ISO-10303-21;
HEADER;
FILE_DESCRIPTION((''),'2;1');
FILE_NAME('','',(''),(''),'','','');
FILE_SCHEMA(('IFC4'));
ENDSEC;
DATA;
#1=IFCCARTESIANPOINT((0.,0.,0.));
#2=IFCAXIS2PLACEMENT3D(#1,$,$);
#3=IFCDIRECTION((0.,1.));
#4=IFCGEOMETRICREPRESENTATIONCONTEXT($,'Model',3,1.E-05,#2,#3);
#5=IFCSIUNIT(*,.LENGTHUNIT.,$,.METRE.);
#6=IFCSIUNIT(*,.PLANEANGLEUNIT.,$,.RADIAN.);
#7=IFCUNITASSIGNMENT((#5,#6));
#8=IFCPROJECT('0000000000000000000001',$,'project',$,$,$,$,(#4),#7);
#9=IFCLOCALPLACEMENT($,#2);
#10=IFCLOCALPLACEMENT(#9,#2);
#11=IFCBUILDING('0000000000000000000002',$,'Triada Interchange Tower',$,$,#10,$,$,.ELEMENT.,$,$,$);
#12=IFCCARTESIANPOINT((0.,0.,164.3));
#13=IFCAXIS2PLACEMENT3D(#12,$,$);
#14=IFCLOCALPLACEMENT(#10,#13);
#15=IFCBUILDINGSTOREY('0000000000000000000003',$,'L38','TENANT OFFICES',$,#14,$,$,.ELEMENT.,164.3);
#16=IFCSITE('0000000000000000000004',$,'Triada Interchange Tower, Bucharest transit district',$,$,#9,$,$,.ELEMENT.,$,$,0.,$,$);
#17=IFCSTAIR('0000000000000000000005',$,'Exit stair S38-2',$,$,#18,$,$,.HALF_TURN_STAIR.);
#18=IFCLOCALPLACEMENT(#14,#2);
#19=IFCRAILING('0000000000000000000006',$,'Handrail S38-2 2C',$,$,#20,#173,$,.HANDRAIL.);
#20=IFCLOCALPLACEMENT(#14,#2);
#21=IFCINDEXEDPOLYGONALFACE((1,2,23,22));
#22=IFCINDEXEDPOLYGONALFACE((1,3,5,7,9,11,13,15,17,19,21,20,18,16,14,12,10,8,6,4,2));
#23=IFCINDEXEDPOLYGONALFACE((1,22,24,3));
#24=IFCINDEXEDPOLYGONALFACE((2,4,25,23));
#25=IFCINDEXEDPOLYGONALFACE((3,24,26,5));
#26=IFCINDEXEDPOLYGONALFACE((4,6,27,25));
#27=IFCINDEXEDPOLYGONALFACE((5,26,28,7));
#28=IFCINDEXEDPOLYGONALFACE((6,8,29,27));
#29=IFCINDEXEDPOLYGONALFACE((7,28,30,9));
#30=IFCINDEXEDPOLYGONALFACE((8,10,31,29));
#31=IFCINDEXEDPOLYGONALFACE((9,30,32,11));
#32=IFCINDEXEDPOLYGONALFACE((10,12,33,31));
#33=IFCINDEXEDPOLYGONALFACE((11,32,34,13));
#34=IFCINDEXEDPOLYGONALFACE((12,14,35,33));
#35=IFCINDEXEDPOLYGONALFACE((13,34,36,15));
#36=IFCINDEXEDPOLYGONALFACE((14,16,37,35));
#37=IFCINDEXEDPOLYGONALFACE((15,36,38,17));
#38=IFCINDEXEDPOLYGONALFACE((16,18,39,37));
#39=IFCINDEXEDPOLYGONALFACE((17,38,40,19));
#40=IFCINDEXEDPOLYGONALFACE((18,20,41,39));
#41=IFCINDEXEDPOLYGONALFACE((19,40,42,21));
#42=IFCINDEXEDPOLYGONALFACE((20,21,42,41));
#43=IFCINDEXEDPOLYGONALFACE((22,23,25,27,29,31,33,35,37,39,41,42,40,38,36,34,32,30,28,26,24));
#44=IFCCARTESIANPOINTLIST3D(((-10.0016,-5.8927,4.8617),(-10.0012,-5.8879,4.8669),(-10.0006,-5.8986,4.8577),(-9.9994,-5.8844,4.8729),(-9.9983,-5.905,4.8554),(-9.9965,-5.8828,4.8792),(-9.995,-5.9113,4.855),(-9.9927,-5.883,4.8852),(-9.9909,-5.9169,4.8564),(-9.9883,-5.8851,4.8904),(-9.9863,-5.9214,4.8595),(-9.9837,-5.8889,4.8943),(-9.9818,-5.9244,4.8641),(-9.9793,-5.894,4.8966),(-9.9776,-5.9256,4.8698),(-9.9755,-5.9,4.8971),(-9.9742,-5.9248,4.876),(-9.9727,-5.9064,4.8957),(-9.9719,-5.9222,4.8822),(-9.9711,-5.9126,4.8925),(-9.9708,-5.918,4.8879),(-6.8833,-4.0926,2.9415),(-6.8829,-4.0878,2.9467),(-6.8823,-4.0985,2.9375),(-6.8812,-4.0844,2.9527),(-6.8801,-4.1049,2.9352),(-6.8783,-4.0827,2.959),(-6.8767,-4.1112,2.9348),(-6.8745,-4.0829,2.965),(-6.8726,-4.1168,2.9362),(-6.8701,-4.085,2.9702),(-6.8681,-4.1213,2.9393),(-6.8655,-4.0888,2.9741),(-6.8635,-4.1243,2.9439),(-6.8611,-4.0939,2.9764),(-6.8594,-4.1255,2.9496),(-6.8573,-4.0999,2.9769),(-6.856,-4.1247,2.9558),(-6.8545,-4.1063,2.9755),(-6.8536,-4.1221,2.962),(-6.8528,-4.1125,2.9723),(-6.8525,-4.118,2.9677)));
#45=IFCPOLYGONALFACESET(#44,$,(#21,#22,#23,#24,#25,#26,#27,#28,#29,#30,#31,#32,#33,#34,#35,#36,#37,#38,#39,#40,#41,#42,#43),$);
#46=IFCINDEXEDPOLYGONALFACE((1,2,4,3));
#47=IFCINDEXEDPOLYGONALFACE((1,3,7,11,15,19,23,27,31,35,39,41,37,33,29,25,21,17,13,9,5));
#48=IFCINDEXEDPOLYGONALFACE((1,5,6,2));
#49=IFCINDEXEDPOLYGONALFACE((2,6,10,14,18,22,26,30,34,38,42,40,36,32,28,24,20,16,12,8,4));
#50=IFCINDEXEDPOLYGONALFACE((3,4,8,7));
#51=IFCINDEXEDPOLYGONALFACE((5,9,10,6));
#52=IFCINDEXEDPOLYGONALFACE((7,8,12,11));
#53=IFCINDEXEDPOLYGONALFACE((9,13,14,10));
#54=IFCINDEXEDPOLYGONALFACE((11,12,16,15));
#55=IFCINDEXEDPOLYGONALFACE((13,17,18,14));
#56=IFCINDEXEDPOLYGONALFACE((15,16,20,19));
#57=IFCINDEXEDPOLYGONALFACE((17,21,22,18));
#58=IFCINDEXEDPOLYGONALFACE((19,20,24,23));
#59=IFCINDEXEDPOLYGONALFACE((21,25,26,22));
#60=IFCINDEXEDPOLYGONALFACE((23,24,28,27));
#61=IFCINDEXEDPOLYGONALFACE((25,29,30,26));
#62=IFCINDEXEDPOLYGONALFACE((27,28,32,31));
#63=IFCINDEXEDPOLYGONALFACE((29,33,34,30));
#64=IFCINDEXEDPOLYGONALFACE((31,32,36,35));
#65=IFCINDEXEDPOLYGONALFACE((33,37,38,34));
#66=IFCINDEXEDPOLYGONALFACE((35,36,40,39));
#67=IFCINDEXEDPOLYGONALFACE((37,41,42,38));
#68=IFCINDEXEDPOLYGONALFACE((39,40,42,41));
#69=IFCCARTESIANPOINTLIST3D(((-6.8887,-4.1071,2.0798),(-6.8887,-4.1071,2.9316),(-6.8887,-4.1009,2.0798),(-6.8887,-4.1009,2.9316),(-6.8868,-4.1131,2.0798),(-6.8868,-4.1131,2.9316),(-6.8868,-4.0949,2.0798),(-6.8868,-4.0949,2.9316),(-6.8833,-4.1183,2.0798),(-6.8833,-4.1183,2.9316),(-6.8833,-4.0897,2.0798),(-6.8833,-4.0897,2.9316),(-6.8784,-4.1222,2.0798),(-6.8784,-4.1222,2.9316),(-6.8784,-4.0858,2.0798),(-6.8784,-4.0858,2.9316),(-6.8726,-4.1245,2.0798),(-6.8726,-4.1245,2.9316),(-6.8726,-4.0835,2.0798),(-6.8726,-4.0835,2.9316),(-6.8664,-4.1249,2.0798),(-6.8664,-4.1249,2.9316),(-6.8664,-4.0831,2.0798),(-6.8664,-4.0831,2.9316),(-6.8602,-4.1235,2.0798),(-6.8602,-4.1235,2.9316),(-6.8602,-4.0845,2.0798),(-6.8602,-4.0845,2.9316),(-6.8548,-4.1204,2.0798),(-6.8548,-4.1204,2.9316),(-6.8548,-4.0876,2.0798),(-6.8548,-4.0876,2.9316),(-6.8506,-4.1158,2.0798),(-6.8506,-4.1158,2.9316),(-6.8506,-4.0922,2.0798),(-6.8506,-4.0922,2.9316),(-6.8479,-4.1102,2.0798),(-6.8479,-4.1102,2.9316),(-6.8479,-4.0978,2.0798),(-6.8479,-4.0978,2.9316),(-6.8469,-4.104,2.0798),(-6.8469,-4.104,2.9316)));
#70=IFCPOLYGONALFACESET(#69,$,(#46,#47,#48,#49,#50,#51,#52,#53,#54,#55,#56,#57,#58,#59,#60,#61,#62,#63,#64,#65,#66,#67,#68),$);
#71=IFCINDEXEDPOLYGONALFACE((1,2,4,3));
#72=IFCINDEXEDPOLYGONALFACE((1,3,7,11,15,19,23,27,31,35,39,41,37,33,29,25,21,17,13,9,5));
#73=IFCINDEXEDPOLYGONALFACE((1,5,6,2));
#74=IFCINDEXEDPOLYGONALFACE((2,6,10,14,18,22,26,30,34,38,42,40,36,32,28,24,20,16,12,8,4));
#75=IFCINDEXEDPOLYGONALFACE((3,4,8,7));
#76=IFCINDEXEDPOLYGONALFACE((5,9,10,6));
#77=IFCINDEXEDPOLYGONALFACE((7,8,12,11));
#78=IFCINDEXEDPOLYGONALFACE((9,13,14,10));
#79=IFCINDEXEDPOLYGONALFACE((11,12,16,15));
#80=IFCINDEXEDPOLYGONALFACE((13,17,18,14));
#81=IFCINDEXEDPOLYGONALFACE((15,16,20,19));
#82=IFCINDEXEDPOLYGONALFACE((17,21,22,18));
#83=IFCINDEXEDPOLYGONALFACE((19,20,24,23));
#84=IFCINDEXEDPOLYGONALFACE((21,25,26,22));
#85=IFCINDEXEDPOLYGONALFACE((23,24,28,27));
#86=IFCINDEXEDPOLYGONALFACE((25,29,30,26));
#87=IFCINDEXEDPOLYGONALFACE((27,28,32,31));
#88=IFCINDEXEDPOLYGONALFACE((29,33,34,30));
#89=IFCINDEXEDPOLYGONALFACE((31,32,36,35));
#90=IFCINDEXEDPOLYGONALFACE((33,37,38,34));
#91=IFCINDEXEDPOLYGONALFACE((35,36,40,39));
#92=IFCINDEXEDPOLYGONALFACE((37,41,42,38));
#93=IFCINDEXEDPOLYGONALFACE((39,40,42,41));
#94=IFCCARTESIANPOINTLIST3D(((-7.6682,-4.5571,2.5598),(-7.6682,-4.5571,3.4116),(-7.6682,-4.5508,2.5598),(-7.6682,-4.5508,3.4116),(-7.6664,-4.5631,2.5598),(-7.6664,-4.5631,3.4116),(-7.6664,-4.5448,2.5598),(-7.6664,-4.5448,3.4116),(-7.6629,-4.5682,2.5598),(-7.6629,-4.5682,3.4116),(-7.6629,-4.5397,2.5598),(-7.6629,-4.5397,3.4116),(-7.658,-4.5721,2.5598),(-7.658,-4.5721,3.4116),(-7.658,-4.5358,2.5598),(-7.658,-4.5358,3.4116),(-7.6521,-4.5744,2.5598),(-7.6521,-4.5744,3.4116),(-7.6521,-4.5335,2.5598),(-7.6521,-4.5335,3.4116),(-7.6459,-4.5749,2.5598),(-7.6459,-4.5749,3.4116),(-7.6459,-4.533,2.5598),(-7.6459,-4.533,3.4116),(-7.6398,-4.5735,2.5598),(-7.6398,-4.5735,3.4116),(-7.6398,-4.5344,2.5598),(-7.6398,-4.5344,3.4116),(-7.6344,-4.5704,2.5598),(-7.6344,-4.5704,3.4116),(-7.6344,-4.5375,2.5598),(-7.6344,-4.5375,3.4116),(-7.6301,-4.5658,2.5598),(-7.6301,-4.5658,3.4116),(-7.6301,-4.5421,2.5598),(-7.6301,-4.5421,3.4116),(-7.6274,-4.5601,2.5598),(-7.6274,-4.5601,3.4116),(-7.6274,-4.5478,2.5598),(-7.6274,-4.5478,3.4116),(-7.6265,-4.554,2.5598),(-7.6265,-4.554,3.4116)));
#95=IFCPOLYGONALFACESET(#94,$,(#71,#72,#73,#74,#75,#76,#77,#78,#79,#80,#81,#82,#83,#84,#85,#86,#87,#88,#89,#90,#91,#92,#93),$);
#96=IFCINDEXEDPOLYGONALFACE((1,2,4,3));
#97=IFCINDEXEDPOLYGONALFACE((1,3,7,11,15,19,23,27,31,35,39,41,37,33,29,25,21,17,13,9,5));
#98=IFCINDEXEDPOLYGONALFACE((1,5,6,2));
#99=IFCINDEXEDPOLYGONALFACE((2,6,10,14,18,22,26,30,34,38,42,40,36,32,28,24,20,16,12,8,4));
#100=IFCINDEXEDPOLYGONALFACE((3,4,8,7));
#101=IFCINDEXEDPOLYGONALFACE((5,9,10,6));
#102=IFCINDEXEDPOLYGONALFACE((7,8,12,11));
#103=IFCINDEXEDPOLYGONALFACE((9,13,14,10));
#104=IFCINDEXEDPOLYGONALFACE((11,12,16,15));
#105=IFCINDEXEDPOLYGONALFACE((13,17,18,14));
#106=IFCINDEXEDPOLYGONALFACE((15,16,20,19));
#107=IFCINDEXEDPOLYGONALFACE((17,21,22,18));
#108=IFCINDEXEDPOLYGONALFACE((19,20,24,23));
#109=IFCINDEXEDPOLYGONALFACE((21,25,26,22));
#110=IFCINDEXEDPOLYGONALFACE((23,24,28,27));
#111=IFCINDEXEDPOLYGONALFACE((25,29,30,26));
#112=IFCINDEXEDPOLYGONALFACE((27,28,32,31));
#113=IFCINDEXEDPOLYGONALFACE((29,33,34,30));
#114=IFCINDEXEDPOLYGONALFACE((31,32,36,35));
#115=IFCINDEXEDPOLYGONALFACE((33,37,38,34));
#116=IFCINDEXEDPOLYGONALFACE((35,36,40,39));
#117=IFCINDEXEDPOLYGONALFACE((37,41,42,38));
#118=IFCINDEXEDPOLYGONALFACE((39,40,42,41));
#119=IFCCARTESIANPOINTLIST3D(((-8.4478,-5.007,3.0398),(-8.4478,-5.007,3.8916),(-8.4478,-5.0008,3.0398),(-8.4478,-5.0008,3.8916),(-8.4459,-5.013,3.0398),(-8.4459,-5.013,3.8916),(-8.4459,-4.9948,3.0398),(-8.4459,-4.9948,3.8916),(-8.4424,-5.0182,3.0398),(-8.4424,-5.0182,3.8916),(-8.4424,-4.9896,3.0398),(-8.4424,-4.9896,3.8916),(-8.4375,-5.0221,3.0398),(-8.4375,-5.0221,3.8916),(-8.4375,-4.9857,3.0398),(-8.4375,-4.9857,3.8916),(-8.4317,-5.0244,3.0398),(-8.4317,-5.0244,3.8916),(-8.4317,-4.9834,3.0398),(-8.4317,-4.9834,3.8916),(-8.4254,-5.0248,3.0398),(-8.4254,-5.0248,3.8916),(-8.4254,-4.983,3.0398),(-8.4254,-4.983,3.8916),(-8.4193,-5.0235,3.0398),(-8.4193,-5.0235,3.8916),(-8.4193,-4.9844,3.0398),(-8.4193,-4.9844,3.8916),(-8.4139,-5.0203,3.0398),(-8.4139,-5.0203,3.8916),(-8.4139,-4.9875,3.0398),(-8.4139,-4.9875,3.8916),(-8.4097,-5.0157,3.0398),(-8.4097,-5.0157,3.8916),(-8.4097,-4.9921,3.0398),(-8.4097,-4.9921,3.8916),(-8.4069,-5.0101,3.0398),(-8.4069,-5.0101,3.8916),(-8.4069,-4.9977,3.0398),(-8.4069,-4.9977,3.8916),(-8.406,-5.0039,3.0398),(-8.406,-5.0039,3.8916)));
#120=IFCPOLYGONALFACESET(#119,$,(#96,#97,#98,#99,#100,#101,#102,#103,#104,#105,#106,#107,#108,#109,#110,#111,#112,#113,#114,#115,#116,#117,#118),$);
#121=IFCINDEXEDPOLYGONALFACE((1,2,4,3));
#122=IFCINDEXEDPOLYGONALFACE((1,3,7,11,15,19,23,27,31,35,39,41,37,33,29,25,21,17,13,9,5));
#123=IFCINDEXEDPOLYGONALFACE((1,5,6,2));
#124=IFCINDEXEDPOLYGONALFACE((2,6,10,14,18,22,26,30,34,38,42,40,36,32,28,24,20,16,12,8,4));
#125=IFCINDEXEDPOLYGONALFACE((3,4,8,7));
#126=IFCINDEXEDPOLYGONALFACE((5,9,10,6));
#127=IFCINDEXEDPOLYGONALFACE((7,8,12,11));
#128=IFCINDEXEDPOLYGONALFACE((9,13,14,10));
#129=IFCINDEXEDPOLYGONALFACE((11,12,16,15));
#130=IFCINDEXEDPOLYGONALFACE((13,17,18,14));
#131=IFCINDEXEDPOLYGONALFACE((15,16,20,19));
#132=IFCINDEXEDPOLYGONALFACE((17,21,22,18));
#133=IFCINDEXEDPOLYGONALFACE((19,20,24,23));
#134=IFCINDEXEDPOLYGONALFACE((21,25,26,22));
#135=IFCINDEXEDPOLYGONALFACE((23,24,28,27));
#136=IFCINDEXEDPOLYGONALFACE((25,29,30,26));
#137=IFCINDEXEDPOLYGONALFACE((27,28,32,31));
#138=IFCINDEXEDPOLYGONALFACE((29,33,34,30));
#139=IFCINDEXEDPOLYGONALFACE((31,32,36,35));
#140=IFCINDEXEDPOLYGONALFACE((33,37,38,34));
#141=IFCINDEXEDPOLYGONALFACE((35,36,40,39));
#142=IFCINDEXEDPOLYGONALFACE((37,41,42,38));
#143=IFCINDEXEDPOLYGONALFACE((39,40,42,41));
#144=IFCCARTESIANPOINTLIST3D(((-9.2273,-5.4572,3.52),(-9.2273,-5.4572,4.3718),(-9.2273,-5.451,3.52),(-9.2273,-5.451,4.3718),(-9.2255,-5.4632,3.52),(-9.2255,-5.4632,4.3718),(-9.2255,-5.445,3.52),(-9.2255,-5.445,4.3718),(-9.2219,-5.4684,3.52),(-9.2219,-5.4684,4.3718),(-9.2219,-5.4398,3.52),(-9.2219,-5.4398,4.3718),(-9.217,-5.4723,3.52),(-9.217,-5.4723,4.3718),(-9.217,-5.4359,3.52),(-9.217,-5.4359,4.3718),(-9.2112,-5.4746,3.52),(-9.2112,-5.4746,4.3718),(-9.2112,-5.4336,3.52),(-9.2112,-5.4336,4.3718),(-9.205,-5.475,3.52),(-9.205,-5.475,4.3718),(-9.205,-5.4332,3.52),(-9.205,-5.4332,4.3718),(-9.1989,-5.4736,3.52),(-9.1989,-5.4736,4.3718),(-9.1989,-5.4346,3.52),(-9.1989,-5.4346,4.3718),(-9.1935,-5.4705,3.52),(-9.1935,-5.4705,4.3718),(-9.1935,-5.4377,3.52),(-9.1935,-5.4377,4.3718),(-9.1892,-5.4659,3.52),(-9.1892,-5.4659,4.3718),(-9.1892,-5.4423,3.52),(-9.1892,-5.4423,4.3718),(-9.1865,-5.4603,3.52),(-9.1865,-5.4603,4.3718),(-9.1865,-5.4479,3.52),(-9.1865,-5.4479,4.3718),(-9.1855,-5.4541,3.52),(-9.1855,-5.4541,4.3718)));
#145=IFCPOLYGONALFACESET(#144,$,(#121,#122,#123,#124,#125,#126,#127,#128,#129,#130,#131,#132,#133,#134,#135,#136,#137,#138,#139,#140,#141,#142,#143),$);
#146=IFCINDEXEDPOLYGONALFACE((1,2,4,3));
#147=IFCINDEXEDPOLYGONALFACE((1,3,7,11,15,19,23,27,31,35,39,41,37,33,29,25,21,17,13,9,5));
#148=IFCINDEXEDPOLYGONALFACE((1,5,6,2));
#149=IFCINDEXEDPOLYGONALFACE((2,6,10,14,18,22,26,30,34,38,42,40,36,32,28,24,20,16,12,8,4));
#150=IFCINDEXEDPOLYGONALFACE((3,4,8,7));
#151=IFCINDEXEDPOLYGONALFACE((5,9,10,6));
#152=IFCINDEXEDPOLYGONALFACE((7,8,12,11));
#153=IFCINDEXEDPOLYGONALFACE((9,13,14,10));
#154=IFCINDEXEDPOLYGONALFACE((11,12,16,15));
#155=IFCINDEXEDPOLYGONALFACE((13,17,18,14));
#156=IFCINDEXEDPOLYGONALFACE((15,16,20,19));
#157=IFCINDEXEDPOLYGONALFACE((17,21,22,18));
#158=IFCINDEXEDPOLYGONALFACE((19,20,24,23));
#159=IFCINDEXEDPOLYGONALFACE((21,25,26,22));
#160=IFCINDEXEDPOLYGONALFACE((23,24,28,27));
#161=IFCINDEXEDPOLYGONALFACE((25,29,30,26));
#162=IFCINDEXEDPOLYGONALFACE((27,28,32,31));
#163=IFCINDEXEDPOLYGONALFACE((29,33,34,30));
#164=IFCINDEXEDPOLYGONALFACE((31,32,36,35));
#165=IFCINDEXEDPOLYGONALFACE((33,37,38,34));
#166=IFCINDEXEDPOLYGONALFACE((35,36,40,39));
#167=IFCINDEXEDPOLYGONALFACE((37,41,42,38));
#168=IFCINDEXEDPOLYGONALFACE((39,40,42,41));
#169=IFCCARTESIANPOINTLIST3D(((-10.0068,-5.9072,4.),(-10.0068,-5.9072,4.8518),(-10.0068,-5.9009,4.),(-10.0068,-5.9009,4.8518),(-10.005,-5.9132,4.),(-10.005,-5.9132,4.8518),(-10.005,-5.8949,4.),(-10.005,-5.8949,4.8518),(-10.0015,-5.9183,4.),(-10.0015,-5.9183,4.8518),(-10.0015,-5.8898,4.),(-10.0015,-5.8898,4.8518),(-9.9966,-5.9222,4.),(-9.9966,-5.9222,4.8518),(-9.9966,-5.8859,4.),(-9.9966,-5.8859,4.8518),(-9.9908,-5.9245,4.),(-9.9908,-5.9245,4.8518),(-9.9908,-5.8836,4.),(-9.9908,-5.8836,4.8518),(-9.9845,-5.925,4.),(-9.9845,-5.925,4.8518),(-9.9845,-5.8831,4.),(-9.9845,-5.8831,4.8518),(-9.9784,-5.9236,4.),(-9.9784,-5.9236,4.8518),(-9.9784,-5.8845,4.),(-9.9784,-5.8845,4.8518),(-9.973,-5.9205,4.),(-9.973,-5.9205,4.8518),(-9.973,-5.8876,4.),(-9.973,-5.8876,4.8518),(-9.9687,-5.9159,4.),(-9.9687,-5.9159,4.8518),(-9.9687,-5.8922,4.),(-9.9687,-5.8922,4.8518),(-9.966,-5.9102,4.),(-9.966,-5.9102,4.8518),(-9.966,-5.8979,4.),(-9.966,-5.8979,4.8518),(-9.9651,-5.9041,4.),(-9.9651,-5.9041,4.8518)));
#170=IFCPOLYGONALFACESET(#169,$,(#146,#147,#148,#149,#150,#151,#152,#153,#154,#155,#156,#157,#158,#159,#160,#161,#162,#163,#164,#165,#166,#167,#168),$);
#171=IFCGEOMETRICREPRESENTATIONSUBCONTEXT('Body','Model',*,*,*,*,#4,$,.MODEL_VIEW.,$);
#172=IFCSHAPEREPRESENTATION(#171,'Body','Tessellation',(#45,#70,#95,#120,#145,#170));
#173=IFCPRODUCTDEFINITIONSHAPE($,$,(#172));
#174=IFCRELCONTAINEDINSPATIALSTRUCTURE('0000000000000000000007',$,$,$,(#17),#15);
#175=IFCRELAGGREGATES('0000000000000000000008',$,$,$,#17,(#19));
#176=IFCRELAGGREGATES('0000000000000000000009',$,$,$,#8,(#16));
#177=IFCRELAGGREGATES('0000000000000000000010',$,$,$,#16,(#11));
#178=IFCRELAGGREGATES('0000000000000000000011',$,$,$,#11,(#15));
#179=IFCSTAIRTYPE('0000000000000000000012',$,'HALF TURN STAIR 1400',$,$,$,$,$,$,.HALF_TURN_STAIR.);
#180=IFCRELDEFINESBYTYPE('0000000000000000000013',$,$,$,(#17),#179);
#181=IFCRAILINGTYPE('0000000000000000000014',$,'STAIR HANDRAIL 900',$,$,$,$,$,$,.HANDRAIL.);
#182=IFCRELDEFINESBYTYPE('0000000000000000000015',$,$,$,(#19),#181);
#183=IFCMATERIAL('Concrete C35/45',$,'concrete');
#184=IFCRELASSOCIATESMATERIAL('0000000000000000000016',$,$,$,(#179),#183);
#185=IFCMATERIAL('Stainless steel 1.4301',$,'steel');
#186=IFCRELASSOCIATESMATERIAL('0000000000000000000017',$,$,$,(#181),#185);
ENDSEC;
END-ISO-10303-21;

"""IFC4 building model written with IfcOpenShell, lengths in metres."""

from ifc_helpers import new_model, si_unit, direction, frame, origin, origin_2d, place, context, subcontext, project, spatial, circle, extrude, material, type_object, element, aggregate, save


model = new_model("IFC4")

# Units and contexts
model_context = context("Model", 3, precision=1e-05, world=origin(), true_north=direction((0.0, 1.0)))
body_context = subcontext(model_context, "Body", "Model", "MODEL_VIEW")
ifc_project = project(units=[si_unit("LENGTHUNIT", "METRE"), si_unit("PLANEANGLEUNIT", "RADIAN")], contexts=[model_context])

# Site, building, storey
site_placement = place(None, origin())
site = spatial("IfcSite", under=ifc_project, at=site_placement, Name="Triada Interchange Tower, Bucharest transit district", CompositionType="ELEMENT", RefElevation=0.0)
building_placement = place(site_placement, origin())
building = spatial("IfcBuilding", under=site, at=building_placement, Name="Triada Interchange Tower", CompositionType="ELEMENT")
storey_placement = place(building_placement, frame((0.0, 0.0, 164.3)))
storey = spatial("IfcBuildingStorey", under=building, at=storey_placement, Name="L38", Description="TENANT OFFICES", CompositionType="ELEMENT", Elevation=164.3)

# Stair, railing
ifc_material_1 = material(Name="Concrete C35/45", Category="concrete")
stair_type = type_object("IfcStairType", Name="HALF TURN STAIR 1400", PredefinedType="HALF_TURN_STAIR", material=ifc_material_1)
stair_placement = place(storey_placement, origin())
stair = element("IfcStair", 1, at=stair_placement, inside=storey, type_object=stair_type, Name="Exit stair S38-2", PredefinedType="HALF_TURN_STAIR")
ifc_material_2 = material(Name="Stainless steel 1.4301", Category="steel")
railing_type = type_object("IfcRailingType", Name="STAIR HANDRAIL 900", PredefinedType="HANDRAIL", material=ifc_material_2)
railing_1_placement = place(storey_placement, frame((-6.8679, -4.104, 2.0798)))
railing_1 = element("IfcRailing", 2, at=railing_1_placement, type_object=railing_type, Name="Handrail S38-2 2C", PredefinedType="HANDRAIL", context=body_context, shape_type="SweptSolid", body=[
    extrude(circle(Radius=0.0239, at=origin_2d()), frame((0.0, 0.0, 0.876), z_axis=(-0.76417, -0.441139, 0.470576), x_axis=(0.499953, -0.866052, 0.0)), (0.0, 0.0, 1.0), 4.0806),
    extrude(circle(Radius=0.021, at=origin_2d()), origin(), (0.0, 0.0, 1.0), 0.8518),
    extrude(circle(Radius=0.021, at=origin_2d()), frame((-0.7795, -0.45, 0.48)), (0.0, 0.0, 1.0), 0.8518),
    extrude(circle(Radius=0.021, at=origin_2d()), frame((-1.5591, -0.8999, 0.96)), (0.0, 0.0, 1.0), 0.8518),
    extrude(circle(Radius=0.021, at=origin_2d()), frame((-2.3386, -1.3501, 1.4402)), (0.0, 0.0, 1.0), 0.8518),
    extrude(circle(Radius=0.021, at=origin_2d()), frame((-3.1182, -1.8, 1.9202)), (0.0, 0.0, 1.0), 0.8518),
])
aggregate(stair, [railing_1])

save(model, "model.ifc")
